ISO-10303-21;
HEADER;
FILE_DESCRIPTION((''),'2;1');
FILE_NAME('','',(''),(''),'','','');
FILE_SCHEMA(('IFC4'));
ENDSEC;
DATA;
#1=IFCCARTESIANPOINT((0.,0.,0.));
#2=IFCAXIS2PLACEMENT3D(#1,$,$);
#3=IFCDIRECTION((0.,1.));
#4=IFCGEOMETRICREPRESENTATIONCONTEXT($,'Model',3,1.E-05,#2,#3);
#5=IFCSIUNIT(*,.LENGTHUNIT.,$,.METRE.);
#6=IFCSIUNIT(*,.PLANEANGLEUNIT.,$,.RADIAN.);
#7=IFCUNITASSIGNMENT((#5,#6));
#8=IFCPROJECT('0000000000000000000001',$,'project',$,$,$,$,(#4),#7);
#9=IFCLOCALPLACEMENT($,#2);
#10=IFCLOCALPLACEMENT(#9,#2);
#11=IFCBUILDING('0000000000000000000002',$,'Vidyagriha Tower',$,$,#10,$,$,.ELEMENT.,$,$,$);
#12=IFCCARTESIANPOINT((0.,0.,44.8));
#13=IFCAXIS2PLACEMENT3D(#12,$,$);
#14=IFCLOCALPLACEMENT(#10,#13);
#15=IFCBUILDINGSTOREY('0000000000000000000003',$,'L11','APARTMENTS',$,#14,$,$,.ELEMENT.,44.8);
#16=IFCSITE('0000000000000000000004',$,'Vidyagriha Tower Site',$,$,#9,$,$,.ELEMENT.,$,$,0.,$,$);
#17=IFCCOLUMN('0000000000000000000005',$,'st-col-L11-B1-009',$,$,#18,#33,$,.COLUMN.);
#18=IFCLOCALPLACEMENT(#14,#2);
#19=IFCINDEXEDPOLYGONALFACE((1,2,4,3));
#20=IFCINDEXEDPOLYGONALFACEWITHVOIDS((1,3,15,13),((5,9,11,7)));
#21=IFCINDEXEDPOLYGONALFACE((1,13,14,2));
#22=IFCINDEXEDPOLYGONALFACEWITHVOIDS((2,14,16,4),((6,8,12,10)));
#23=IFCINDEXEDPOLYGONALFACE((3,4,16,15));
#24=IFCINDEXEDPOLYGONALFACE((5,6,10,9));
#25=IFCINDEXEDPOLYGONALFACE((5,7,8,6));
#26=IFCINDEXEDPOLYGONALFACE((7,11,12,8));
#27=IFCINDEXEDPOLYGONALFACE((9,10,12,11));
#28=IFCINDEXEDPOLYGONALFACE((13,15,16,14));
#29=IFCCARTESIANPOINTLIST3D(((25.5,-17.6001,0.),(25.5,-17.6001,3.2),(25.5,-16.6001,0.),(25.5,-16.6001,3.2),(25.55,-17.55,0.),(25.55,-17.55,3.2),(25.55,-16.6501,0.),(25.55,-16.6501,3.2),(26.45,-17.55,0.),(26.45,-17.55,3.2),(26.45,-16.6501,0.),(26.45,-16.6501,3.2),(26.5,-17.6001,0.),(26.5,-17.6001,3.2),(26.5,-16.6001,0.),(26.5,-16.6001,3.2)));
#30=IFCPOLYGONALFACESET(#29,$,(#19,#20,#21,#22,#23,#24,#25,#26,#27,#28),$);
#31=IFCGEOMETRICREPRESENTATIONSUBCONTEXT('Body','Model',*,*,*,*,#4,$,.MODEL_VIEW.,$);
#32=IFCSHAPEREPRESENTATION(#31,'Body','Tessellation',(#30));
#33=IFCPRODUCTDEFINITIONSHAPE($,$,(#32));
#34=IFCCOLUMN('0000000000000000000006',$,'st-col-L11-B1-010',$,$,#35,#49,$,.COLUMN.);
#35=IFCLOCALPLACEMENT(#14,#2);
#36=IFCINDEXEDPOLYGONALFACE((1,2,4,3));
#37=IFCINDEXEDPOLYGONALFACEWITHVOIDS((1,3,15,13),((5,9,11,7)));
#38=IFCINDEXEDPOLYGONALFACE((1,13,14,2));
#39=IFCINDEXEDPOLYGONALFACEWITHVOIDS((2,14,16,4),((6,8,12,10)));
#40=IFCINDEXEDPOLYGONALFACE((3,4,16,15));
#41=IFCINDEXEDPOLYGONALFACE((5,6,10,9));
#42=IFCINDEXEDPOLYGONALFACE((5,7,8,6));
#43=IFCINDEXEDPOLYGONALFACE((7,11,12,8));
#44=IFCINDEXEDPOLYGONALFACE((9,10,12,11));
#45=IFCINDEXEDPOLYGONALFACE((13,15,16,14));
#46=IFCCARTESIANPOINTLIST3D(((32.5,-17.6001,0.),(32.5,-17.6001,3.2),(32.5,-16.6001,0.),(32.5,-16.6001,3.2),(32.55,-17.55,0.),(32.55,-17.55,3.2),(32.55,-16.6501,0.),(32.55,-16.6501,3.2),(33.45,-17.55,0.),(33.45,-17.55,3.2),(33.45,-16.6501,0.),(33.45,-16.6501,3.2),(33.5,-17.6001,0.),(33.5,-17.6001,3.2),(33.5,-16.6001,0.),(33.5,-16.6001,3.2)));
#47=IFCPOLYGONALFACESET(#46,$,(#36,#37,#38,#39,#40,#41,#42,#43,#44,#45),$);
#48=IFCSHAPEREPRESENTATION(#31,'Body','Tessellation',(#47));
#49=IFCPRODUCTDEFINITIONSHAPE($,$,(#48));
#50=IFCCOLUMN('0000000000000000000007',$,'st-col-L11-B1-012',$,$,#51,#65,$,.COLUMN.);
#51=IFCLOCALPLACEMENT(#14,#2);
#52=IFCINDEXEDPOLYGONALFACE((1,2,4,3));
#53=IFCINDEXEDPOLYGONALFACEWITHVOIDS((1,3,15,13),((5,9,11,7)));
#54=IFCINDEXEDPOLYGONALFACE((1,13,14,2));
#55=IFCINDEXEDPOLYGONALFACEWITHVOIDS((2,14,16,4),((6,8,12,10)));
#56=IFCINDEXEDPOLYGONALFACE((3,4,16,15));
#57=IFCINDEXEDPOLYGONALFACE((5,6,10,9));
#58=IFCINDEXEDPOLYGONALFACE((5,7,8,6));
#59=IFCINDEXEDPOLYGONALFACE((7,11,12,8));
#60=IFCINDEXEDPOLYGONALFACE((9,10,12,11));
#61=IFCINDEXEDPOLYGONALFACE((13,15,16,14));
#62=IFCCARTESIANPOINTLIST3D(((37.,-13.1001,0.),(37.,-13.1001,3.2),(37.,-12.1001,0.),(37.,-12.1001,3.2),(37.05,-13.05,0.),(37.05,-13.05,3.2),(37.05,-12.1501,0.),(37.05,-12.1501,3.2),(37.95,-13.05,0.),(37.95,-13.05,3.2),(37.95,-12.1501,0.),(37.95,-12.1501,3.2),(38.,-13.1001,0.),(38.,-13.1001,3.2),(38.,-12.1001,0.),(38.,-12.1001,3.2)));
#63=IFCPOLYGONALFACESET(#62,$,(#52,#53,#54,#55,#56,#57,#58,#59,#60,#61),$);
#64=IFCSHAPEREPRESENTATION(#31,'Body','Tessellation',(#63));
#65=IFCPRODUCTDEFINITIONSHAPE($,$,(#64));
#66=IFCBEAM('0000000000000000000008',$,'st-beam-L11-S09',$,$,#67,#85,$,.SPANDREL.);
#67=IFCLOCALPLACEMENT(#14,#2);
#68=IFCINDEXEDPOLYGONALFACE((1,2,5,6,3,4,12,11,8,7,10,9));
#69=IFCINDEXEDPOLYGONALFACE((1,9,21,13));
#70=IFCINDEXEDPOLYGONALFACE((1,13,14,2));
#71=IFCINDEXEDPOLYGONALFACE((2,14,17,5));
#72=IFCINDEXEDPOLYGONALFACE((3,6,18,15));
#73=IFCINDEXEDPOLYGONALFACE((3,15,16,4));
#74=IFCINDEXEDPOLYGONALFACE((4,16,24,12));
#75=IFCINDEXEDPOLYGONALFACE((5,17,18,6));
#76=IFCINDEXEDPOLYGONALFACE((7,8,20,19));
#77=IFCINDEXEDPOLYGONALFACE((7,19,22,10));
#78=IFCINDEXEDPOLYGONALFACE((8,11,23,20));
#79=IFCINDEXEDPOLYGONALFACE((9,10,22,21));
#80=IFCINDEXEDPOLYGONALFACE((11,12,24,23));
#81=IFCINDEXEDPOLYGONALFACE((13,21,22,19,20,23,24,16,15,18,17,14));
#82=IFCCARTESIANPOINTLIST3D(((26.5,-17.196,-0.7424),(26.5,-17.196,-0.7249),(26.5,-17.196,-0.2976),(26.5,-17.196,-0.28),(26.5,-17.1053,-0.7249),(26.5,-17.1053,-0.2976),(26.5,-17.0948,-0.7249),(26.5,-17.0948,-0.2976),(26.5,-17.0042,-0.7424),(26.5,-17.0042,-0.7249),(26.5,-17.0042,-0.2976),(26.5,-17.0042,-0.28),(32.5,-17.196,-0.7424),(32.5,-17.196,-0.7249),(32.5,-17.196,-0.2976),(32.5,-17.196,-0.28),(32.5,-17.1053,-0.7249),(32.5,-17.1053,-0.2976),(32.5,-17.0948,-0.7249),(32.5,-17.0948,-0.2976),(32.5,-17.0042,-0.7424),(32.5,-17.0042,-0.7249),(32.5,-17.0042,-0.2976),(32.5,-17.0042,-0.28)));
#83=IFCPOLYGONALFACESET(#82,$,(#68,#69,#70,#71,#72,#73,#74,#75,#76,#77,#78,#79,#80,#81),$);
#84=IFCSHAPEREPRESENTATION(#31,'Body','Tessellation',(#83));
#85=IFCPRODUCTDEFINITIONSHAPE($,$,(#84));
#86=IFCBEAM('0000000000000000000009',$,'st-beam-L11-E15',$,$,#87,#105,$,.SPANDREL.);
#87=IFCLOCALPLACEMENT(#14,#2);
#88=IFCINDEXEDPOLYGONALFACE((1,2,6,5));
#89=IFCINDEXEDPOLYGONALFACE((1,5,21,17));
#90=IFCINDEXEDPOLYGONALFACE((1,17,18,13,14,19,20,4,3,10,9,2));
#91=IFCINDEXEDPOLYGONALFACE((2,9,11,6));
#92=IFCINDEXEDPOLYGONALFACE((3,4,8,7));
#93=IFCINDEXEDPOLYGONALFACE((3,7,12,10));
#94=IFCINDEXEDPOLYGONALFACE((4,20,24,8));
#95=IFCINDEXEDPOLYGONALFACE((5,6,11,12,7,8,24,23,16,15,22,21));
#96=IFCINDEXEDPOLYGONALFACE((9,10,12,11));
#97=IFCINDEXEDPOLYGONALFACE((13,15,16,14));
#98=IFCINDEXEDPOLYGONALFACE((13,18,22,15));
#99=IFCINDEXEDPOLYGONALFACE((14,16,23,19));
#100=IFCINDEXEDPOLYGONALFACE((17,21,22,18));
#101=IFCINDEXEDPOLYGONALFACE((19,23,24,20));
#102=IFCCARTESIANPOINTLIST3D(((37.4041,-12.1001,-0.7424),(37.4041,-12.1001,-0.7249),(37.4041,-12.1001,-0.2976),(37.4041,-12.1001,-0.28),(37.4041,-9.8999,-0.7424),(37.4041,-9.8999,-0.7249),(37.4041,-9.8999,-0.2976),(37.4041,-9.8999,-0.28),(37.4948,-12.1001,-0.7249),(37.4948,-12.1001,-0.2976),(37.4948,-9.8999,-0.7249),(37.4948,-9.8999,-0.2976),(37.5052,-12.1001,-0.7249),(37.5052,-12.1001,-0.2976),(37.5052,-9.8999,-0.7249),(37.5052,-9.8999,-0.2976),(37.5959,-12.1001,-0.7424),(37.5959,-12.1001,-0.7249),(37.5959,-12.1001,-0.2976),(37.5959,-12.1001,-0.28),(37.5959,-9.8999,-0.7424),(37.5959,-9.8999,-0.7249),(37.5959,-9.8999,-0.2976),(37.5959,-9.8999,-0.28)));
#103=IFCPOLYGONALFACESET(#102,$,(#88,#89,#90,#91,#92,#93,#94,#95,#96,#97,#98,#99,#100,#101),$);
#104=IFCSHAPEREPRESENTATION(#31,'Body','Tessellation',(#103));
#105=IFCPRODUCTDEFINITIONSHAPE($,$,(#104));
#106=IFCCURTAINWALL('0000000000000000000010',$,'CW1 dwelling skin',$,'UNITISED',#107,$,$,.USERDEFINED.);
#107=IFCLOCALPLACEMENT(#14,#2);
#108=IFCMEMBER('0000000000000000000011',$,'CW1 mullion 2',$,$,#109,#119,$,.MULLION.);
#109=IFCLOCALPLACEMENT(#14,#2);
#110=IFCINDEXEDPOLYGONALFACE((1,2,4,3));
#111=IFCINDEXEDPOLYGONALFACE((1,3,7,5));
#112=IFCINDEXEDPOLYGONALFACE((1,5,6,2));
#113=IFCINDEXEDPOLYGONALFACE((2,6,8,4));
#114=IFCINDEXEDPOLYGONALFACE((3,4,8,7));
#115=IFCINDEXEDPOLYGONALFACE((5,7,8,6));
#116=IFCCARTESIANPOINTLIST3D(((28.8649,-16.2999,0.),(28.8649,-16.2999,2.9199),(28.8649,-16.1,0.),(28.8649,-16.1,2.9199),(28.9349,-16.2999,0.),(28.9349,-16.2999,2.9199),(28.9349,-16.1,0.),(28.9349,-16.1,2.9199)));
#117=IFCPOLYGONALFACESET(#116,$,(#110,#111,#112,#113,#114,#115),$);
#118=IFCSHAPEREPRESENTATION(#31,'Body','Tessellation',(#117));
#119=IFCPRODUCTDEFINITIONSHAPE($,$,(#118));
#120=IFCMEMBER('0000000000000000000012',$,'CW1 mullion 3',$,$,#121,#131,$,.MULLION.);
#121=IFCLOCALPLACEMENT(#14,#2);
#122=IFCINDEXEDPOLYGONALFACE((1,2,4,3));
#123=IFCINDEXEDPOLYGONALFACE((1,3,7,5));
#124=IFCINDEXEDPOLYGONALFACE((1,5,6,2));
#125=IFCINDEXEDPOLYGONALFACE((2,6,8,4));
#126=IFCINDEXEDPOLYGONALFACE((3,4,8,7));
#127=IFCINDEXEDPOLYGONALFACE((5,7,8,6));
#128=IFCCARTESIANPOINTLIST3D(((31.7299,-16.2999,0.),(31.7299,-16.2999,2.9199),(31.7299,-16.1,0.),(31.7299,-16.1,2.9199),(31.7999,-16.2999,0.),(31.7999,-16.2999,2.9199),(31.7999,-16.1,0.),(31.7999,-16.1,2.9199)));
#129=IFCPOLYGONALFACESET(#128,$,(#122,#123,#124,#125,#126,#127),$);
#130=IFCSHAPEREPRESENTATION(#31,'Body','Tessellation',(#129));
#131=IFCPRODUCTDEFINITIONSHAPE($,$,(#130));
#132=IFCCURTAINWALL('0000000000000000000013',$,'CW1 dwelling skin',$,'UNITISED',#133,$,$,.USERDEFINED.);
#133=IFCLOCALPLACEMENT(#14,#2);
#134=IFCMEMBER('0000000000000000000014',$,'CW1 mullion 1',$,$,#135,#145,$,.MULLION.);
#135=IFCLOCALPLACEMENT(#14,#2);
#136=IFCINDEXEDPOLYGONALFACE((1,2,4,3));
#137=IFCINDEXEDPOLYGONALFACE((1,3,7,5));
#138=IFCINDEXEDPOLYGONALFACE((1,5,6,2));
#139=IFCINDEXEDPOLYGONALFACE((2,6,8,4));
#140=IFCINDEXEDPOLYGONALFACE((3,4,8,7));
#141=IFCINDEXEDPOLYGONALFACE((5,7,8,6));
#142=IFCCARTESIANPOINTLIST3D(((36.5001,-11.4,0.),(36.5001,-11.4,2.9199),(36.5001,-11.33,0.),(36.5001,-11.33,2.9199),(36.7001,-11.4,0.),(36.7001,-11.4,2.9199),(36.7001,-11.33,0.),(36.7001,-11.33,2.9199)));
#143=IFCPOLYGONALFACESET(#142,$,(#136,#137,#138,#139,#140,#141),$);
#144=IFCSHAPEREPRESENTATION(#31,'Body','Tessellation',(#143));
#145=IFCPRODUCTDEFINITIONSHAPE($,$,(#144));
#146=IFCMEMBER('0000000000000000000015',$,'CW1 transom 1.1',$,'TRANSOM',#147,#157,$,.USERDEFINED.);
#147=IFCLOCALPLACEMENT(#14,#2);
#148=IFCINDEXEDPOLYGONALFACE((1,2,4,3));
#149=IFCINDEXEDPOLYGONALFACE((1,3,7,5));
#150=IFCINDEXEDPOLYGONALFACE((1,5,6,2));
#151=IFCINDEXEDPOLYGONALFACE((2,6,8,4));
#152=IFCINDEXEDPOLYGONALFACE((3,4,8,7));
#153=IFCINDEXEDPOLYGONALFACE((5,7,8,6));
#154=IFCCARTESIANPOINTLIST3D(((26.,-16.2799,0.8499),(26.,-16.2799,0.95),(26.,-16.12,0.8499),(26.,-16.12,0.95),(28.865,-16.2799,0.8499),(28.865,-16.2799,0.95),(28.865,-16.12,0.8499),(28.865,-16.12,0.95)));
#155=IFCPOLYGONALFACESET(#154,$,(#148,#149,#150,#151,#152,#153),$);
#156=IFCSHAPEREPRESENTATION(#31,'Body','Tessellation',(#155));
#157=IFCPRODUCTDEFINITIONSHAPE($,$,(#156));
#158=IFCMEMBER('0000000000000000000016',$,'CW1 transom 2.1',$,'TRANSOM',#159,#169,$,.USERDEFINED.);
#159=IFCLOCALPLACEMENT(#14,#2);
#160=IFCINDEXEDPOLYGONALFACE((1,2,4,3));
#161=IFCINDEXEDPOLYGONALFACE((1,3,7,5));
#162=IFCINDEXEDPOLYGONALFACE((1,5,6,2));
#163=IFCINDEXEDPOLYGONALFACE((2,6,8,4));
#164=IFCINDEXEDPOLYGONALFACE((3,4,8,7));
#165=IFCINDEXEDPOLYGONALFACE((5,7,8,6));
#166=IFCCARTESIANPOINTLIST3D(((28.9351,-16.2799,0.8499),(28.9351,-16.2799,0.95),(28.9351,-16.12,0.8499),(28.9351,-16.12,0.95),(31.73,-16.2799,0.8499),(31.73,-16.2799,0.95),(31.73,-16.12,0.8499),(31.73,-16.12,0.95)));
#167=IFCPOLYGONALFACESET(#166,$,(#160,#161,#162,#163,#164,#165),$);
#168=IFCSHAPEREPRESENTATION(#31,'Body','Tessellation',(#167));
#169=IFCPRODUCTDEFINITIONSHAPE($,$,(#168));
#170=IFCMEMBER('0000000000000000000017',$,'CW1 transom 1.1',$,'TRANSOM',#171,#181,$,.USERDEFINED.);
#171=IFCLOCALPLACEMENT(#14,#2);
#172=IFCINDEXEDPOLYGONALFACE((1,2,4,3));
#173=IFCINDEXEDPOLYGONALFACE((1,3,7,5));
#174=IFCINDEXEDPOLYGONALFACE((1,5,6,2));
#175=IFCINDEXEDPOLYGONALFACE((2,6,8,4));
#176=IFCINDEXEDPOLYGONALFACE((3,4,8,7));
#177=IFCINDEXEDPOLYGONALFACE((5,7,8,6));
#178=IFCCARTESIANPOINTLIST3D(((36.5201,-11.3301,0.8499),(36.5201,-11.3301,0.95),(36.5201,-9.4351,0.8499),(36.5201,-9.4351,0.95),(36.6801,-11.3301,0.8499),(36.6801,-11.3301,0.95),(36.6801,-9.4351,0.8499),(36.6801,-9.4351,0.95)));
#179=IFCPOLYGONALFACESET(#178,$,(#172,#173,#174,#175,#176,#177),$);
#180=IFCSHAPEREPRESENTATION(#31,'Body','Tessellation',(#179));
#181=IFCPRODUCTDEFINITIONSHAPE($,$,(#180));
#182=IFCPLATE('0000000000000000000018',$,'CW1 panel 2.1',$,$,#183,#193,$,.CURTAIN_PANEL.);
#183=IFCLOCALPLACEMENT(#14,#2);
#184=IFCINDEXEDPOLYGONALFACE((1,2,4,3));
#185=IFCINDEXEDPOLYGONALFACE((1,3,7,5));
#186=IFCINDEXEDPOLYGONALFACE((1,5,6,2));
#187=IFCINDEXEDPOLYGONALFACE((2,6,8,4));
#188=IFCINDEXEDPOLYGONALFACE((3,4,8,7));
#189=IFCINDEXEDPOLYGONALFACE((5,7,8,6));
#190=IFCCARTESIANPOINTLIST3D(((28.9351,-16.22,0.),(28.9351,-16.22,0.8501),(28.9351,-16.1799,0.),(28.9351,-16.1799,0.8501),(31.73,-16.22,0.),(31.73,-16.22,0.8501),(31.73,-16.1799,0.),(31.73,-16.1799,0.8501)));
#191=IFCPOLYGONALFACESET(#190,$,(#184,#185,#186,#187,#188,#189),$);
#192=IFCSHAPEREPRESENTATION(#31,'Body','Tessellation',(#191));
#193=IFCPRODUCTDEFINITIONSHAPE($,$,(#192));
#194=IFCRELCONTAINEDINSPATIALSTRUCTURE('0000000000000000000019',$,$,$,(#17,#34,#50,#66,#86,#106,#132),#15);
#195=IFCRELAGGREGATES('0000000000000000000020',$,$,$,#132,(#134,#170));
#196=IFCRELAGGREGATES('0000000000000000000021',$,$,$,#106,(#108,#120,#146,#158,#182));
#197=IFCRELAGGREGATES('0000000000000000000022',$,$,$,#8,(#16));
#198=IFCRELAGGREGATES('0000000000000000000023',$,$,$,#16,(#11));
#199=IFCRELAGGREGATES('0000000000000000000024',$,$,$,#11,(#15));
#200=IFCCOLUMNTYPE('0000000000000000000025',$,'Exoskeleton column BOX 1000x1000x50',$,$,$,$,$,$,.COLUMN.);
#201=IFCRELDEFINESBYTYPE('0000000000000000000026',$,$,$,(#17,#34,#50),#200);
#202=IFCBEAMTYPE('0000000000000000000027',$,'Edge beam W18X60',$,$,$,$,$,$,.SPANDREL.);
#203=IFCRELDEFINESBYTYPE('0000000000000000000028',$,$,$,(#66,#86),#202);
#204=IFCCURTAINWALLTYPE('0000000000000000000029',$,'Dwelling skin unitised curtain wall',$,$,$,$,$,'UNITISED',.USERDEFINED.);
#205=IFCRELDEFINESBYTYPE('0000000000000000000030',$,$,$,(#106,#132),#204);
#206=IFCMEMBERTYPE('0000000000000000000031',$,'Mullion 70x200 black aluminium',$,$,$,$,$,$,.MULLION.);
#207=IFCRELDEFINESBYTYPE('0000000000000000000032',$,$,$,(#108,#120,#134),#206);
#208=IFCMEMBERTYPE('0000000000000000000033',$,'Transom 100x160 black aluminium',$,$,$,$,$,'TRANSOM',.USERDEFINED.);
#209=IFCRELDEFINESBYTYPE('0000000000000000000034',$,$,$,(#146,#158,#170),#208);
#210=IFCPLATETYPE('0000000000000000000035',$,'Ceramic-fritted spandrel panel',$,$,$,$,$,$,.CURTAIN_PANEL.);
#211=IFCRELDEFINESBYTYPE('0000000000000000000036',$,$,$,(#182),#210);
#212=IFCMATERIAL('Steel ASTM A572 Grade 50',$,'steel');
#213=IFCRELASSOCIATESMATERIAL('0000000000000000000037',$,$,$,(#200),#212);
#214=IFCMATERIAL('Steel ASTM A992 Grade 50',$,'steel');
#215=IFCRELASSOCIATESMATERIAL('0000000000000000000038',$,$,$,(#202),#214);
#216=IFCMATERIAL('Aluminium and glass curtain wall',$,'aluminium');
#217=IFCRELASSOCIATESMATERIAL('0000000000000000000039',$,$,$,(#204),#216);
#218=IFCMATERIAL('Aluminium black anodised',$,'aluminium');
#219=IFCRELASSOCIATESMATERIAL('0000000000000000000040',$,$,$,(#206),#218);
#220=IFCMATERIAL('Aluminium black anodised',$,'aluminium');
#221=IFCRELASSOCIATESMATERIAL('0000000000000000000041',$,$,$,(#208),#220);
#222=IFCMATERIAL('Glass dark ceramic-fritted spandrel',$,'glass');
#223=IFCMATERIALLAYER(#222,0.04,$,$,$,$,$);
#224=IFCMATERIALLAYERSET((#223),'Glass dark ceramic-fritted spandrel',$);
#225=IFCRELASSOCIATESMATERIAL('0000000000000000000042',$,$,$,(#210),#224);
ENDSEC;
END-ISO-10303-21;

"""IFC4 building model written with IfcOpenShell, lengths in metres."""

from ifc_helpers import new_model, si_unit, direction, frame, origin, origin_2d, place, context, subcontext, project, spatial, rectangle, hollow_rectangle, i_section, extrude, material, layer, layer_set, material_profile, profile_set, type_object, element, aggregate, save


model = new_model("IFC4")

# Units and contexts
model_context = context("Model", 3, precision=1e-05, world=origin(), true_north=direction((0.0, 1.0)))
body_context = subcontext(model_context, "Body", "Model", "MODEL_VIEW")
ifc_project = project(units=[si_unit("LENGTHUNIT", "METRE"), si_unit("PLANEANGLEUNIT", "RADIAN")], contexts=[model_context])

# Site, building, storey
site_placement = place(None, origin())
site = spatial("IfcSite", under=ifc_project, at=site_placement, Name="Vidyagriha Tower Site", CompositionType="ELEMENT", RefElevation=0.0)
building_placement = place(site_placement, origin())
building = spatial("IfcBuilding", under=site, at=building_placement, Name="Vidyagriha Tower", CompositionType="ELEMENT")
storey_placement = place(building_placement, frame((0.0, 0.0, 44.8)))
storey = spatial("IfcBuildingStorey", under=building, at=storey_placement, Name="L11", Description="APARTMENTS", CompositionType="ELEMENT", Elevation=44.8)

# Columns
ifc_material_1 = material(Name="Steel ASTM A572 Grade 50", Category="steel")
ifc_material_profile_1 = material_profile(ifc_material_1, hollow_rectangle(XDim=1.0, YDim=1.0, WallThickness=0.05, at=origin_2d()), Name="BOX 1000x1000x50")
ifc_profile_set_1 = profile_set([ifc_material_profile_1], Name="Steel ASTM A572 Grade 50")
column_type = type_object("IfcColumnType", Name="Exoskeleton column BOX 1000x1000x50", PredefinedType="COLUMN", material=ifc_profile_set_1)
for number, where, name in (
    (1, (26.0, -17.1001, 0.0), "st-col-L11-B1-009"),
    (2, (33.0, -17.1001, 0.0), "st-col-L11-B1-010"),
    (3, (37.5, -12.6001, 0.0), "st-col-L11-B1-012"),
):
    element("IfcColumn", number, at=place(storey_placement, frame(where)), inside=storey, type_object=column_type, Name=name, PredefinedType="COLUMN", context=body_context, shape_type="SweptSolid", body=[
        extrude(hollow_rectangle(XDim=1.0, YDim=1.0, WallThickness=0.05, at=origin_2d()), origin(), (0.0, 0.0, 1.0), 3.2),
    ])

# Beams
ifc_material_2 = material(Name="Steel ASTM A992 Grade 50", Category="steel")
ifc_material_profile_2 = material_profile(ifc_material_2, i_section(OverallWidth=0.1919, OverallDepth=0.4624, WebThickness=0.0105, FlangeThickness=0.0176, at=origin_2d()), Name="W18X60")
ifc_profile_set_2 = profile_set([ifc_material_profile_2], Name="Steel ASTM A992 Grade 50")
beam_type = type_object("IfcBeamType", Name="Edge beam W18X60", PredefinedType="SPANDREL", material=ifc_profile_set_2)
beam_1_placement = place(storey_placement, frame((26.5, -17.1001, -0.5112), z_axis=(1.0, 0.0, 0.0), x_axis=(0.0, 1.0, 0.0)))
element("IfcBeam", 4, at=beam_1_placement, inside=storey, type_object=beam_type, Name="st-beam-L11-S09", PredefinedType="SPANDREL", context=body_context, shape_type="SweptSolid", body=[
    extrude(i_section(OverallWidth=0.1919, OverallDepth=0.4624, WebThickness=0.0105, FlangeThickness=0.0176, at=origin_2d()), origin(), (0.0, 0.0, 1.0), 6.0),
])
beam_2_placement = place(storey_placement, frame((37.5, -12.1001, -0.5112), z_axis=(0.0, 1.0, 0.0), x_axis=(-1.0, 0.0, 0.0)))
element("IfcBeam", 5, at=beam_2_placement, inside=storey, type_object=beam_type, Name="st-beam-L11-E15", PredefinedType="SPANDREL", context=body_context, shape_type="SweptSolid", body=[
    extrude(i_section(OverallWidth=0.1919, OverallDepth=0.4624, WebThickness=0.0105, FlangeThickness=0.0176, at=origin_2d()), origin(), (0.0, 0.0, 1.0), 2.2002),
])

# Curtain wall, members
ifc_material_3 = material(Name="Aluminium and glass curtain wall", Category="aluminium")
curtain_wall_type = type_object("IfcCurtainWallType", Name="Dwelling skin unitised curtain wall", ElementType="UNITISED", PredefinedType="USERDEFINED", material=ifc_material_3)
curtain_wall_1_placement = place(storey_placement, origin())
curtain_wall_1 = element("IfcCurtainWall", 6, at=curtain_wall_1_placement, inside=storey, type_object=curtain_wall_type, Name="CW1 dwelling skin", ObjectType="UNITISED", PredefinedType="USERDEFINED")
ifc_material_4 = material(Name="Aluminium black anodised", Category="aluminium")
ifc_material_profile_3 = material_profile(ifc_material_4, rectangle(XDim=0.2, YDim=0.0701, at=origin_2d()), Name="Mullion 70x200 black aluminium")
ifc_profile_set_3 = profile_set([ifc_material_profile_3], Name="Aluminium black anodised")
member_type_1 = type_object("IfcMemberType", Name="Mullion 70x200 black aluminium", PredefinedType="MULLION", material=ifc_profile_set_3)
member_1_placement = place(storey_placement, frame((28.8999, -16.2, 0.0), z_axis=(0.0, 0.0, 1.0), x_axis=(0.0, 1.0, 0.0)))
member_1 = element("IfcMember", 7, at=member_1_placement, type_object=member_type_1, Name="CW1 mullion 2", PredefinedType="MULLION", context=body_context, shape_type="SweptSolid", body=[
    extrude(rectangle(XDim=0.2, YDim=0.0701, at=origin_2d()), origin(), (0.0, 0.0, 1.0), 2.9199),
])
member_2_placement = place(storey_placement, frame((31.7649, -16.2, 0.0), z_axis=(0.0, 0.0, 1.0), x_axis=(0.0, 1.0, 0.0)))
member_2 = element("IfcMember", 8, at=member_2_placement, type_object=member_type_1, Name="CW1 mullion 3", PredefinedType="MULLION", context=body_context, shape_type="SweptSolid", body=[
    extrude(rectangle(XDim=0.2, YDim=0.0701, at=origin_2d()), origin(), (0.0, 0.0, 1.0), 2.9199),
])

# Curtain wall, member
curtain_wall_2_placement = place(storey_placement, origin())
curtain_wall_2 = element("IfcCurtainWall", 9, at=curtain_wall_2_placement, inside=storey, type_object=curtain_wall_type, Name="CW1 dwelling skin", ObjectType="UNITISED", PredefinedType="USERDEFINED")
member_3_placement = place(storey_placement, frame((36.6001, -11.365, 0.0), z_axis=(0.0, 0.0, 1.0), x_axis=(-1.0, 0.0, 0.0)))
member_3 = element("IfcMember", 10, at=member_3_placement, type_object=member_type_1, Name="CW1 mullion 1", PredefinedType="MULLION", context=body_context, shape_type="SweptSolid", body=[
    extrude(rectangle(XDim=0.2, YDim=0.0701, at=origin_2d()), origin(), (0.0, 0.0, 1.0), 2.9199),
])

# Members
ifc_material_5 = material(Name="Aluminium black anodised", Category="aluminium")
ifc_material_profile_4 = material_profile(ifc_material_5, rectangle(XDim=0.1599, YDim=0.1001, at=origin_2d()), Name="Transom 100x160 black aluminium")
ifc_profile_set_4 = profile_set([ifc_material_profile_4], Name="Aluminium black anodised")
member_type_2 = type_object("IfcMemberType", Name="Transom 100x160 black aluminium", ElementType="TRANSOM", PredefinedType="USERDEFINED", material=ifc_profile_set_4)
member_4_placement = place(storey_placement, frame((26.0, -16.2, 0.8999), z_axis=(1.0, 0.0, 0.0), x_axis=(0.0, 1.0, 0.0)))
member_4 = element("IfcMember", 11, at=member_4_placement, type_object=member_type_2, Name="CW1 transom 1.1", ObjectType="TRANSOM", PredefinedType="USERDEFINED", context=body_context, shape_type="SweptSolid", body=[
    extrude(rectangle(XDim=0.1599, YDim=0.1001, at=origin_2d()), origin(), (0.0, 0.0, 1.0), 2.865),
])
member_5_placement = place(storey_placement, frame((28.9351, -16.2, 0.8999), z_axis=(1.0, 0.0, 0.0), x_axis=(0.0, 1.0, 0.0)))
member_5 = element("IfcMember", 12, at=member_5_placement, type_object=member_type_2, Name="CW1 transom 2.1", ObjectType="TRANSOM", PredefinedType="USERDEFINED", context=body_context, shape_type="SweptSolid", body=[
    extrude(rectangle(XDim=0.1599, YDim=0.1001, at=origin_2d()), origin(), (0.0, 0.0, 1.0), 2.7949),
])
member_6_placement = place(storey_placement, frame((36.6001, -11.3301, 0.8999), z_axis=(0.0, 1.0, 0.0), x_axis=(-1.0, 0.0, 0.0)))
member_6 = element("IfcMember", 13, at=member_6_placement, type_object=member_type_2, Name="CW1 transom 1.1", ObjectType="TRANSOM", PredefinedType="USERDEFINED", context=body_context, shape_type="SweptSolid", body=[
    extrude(rectangle(XDim=0.1599, YDim=0.1001, at=origin_2d()), origin(), (0.0, 0.0, 1.0), 1.895),
])

# Plate
ifc_material_6 = material(Name="Glass dark ceramic-fritted spandrel", Category="glass")
ifc_layer_1 = layer(ifc_material_6, 0.04)
ifc_layer_set_1 = layer_set([ifc_layer_1], Name="Glass dark ceramic-fritted spandrel")
plate_type_1 = type_object("IfcPlateType", Name="Ceramic-fritted spandrel panel", PredefinedType="CURTAIN_PANEL", material=ifc_layer_set_1)
plate_1_placement = place(storey_placement, frame((30.3325, -16.2, 0.0)))
plate_1 = element("IfcPlate", 14, at=plate_1_placement, type_object=plate_type_1, Name="CW1 panel 2.1", PredefinedType="CURTAIN_PANEL", context=body_context, shape_type="SweptSolid", body=[
    extrude(rectangle(XDim=2.7949, YDim=0.04, at=origin_2d()), origin(), (0.0, 0.0, 1.0), 0.8501),
])
aggregate(curtain_wall_2, [member_3, member_6])
aggregate(curtain_wall_1, [member_1, member_2, member_4, member_5, plate_1])

save(model, "model.ifc")
